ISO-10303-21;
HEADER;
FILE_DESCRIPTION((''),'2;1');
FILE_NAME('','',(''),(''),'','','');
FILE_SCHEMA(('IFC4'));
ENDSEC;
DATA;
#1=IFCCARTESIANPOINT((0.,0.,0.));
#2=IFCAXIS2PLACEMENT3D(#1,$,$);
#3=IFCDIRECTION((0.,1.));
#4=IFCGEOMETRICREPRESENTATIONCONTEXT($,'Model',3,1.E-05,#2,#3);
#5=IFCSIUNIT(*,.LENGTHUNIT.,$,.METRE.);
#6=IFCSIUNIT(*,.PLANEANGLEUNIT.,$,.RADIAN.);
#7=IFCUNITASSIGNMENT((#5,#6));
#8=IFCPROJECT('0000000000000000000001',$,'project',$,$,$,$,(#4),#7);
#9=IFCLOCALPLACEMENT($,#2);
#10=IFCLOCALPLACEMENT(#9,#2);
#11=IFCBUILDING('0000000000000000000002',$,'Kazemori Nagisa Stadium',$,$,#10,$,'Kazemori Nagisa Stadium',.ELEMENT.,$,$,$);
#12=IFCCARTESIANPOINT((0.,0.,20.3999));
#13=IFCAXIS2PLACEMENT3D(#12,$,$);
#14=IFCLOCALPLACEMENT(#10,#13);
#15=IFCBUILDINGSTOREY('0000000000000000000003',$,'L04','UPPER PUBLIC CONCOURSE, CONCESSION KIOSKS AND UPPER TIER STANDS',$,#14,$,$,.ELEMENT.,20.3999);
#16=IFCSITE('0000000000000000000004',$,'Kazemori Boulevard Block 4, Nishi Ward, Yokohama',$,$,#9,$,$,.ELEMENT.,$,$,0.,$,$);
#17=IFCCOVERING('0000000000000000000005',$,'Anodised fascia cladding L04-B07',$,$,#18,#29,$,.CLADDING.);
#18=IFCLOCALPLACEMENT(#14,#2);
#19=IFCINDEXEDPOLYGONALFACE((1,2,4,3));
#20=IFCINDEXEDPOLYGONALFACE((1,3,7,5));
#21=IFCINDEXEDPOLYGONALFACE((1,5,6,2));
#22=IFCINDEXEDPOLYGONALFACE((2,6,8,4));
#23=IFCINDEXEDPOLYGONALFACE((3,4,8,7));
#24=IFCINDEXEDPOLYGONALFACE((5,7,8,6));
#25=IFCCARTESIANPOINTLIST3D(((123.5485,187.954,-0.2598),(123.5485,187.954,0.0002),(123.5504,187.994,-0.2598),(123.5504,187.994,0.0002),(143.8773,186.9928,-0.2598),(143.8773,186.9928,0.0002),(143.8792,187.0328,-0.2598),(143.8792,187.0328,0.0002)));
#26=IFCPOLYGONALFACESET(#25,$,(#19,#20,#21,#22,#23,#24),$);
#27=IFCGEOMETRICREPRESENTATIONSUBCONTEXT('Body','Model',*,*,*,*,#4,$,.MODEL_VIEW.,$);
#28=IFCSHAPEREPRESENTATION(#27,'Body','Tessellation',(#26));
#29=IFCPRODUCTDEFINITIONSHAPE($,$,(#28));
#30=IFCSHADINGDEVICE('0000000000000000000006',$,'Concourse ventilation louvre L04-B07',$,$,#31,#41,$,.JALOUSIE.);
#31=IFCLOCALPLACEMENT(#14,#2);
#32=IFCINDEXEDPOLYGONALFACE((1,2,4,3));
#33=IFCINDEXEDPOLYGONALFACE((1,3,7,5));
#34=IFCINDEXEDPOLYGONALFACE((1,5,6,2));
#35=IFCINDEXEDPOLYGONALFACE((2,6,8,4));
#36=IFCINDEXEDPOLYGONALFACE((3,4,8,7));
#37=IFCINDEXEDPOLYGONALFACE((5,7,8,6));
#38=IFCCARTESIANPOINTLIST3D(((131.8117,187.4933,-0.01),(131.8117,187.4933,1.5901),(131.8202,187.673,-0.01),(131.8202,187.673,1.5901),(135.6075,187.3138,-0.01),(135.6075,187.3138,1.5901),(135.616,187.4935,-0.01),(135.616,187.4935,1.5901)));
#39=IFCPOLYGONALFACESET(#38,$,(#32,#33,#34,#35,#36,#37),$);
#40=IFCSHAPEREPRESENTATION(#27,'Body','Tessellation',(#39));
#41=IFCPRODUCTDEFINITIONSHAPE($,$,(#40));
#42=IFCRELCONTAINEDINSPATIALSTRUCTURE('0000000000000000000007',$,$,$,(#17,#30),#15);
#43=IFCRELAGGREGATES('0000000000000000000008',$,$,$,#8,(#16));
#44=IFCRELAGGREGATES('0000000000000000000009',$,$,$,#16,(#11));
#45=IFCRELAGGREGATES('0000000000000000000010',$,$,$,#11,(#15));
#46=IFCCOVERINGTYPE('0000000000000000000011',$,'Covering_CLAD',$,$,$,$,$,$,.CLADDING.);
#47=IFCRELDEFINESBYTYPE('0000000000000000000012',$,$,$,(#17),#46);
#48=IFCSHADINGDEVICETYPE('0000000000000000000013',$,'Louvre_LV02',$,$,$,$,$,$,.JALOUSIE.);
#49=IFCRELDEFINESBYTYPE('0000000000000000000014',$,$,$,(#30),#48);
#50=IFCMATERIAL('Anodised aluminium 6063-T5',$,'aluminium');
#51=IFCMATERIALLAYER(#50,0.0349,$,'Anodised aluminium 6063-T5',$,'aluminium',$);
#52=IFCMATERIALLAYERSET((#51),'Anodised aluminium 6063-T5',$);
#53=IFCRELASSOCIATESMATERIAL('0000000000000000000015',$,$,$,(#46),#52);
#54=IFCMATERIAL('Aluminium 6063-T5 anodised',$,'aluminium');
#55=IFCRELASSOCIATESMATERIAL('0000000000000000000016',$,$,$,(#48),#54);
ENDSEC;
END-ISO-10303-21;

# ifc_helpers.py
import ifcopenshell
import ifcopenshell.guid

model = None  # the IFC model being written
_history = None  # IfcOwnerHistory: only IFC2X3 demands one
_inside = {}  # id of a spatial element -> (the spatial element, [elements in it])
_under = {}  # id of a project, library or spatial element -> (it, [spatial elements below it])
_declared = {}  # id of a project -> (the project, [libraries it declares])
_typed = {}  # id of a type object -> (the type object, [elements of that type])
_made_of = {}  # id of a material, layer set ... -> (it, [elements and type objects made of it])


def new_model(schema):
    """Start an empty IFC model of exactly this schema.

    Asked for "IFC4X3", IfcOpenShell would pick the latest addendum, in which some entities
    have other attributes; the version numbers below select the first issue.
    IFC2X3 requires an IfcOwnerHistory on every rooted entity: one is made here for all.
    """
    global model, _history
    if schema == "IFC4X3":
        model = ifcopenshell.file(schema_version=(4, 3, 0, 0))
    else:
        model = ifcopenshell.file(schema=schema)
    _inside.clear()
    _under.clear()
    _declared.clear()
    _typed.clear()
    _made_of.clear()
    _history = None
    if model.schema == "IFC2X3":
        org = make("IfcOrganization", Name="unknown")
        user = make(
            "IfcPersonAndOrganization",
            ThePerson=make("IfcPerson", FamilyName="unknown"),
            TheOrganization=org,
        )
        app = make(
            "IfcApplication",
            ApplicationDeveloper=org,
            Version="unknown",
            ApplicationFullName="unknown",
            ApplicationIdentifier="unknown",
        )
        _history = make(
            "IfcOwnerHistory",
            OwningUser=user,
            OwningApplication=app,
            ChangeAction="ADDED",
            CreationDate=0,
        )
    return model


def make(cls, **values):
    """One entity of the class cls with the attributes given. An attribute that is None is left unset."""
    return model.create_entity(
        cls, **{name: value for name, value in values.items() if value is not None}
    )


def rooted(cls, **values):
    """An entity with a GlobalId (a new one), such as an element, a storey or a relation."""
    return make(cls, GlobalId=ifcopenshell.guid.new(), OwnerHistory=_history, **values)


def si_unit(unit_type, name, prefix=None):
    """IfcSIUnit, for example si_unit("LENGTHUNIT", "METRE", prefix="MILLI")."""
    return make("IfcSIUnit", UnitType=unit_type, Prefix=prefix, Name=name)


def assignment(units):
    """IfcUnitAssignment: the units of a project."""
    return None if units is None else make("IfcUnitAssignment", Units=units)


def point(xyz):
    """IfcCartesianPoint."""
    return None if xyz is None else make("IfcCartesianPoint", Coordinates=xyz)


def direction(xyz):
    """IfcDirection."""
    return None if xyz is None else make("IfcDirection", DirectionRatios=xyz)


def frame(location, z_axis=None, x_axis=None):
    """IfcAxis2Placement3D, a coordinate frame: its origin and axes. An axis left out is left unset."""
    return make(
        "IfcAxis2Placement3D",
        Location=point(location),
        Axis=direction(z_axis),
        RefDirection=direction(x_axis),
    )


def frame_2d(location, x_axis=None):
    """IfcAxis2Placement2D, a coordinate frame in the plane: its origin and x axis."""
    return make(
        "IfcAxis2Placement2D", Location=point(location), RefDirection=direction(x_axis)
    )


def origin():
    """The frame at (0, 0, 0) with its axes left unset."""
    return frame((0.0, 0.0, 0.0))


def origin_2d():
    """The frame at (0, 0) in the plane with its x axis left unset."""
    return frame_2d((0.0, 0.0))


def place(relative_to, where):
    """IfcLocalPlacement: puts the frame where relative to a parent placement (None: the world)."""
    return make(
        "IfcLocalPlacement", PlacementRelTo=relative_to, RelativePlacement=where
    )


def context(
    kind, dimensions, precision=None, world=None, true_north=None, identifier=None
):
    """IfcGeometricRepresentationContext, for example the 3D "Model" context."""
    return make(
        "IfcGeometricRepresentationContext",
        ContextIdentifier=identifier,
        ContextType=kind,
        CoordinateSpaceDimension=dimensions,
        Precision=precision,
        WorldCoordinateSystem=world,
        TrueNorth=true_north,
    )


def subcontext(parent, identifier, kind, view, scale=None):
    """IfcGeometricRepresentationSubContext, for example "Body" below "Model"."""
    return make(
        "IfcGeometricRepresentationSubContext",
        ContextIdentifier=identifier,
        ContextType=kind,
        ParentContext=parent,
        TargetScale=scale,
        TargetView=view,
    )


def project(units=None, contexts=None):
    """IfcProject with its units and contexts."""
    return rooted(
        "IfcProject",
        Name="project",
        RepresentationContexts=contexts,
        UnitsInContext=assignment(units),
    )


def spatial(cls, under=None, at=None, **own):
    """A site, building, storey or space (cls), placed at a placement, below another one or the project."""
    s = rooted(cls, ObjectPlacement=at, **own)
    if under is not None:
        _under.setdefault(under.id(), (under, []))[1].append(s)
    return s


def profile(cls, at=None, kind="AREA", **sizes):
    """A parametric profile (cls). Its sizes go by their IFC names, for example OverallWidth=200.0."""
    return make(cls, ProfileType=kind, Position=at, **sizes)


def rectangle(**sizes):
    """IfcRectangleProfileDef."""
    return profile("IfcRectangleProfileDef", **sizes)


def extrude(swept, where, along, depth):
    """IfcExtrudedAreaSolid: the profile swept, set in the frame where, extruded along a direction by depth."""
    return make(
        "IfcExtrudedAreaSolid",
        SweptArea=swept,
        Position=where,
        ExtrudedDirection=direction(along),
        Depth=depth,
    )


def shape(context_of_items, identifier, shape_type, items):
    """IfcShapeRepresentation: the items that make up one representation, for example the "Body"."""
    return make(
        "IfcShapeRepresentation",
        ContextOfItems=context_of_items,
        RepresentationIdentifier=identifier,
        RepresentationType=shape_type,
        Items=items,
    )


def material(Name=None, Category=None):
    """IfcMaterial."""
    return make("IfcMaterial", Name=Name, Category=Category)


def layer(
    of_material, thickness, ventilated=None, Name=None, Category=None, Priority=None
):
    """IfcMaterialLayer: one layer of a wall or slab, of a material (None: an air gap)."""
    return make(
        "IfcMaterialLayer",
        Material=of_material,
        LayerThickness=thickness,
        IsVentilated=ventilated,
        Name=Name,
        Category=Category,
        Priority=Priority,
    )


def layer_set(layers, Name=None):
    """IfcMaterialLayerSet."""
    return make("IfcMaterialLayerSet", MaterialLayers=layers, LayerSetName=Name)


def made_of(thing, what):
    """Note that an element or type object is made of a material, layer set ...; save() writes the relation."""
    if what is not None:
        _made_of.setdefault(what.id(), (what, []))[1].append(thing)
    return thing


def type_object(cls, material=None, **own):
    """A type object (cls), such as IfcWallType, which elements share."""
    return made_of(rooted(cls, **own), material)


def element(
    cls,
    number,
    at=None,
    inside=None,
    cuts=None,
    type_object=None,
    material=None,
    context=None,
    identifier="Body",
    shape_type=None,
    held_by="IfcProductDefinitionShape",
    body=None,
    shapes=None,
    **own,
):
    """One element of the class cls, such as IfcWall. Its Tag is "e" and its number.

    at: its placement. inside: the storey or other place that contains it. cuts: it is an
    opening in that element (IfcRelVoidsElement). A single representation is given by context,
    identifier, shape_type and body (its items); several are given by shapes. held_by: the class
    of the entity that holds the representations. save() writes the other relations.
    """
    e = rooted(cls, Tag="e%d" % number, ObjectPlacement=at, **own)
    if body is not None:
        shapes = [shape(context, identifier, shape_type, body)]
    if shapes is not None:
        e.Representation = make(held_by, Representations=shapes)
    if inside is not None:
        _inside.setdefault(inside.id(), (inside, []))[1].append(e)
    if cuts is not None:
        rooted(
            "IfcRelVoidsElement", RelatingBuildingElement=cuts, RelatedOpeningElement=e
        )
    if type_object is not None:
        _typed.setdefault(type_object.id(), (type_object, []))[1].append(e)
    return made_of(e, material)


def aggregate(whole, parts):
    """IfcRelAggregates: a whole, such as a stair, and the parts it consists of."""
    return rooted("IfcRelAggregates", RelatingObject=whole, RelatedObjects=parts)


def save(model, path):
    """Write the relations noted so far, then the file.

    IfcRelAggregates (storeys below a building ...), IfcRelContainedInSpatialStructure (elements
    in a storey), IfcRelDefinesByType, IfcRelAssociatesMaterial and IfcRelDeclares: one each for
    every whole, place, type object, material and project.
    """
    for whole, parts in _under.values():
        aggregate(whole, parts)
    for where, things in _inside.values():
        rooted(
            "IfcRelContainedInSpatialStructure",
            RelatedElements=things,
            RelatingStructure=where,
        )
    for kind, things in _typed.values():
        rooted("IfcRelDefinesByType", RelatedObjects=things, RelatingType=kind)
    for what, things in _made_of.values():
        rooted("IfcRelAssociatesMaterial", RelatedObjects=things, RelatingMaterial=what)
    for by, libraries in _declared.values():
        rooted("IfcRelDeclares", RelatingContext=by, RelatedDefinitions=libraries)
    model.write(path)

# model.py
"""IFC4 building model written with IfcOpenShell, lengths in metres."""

from ifc_helpers import new_model, si_unit, direction, frame, origin, origin_2d, place, context, subcontext, project, spatial, rectangle, extrude, material, layer, layer_set, type_object, element, save


model = new_model("IFC4")

# Units and contexts
model_context = context("Model", 3, precision=1e-05, world=origin(), true_north=direction((0.0, 1.0)))
body_context = subcontext(model_context, "Body", "Model", "MODEL_VIEW")
ifc_project = project(units=[si_unit("LENGTHUNIT", "METRE"), si_unit("PLANEANGLEUNIT", "RADIAN")], contexts=[model_context])

# Site, building, storey
site_placement = place(None, origin())
site = spatial("IfcSite", under=ifc_project, at=site_placement, Name="Kazemori Boulevard Block 4, Nishi Ward, Yokohama", CompositionType="ELEMENT", RefElevation=0.0)
building_placement = place(site_placement, origin())
building = spatial("IfcBuilding", under=site, at=building_placement, Name="Kazemori Nagisa Stadium", LongName="Kazemori Nagisa Stadium", CompositionType="ELEMENT")
storey_placement = place(building_placement, frame((0.0, 0.0, 20.3999)))
storey = spatial("IfcBuildingStorey", under=building, at=storey_placement, Name="L04", Description="UPPER PUBLIC CONCOURSE, CONCESSION KIOSKS AND UPPER TIER STANDS", CompositionType="ELEMENT", Elevation=20.3999)

# Shared definitions
ifc_material_1 = material(Name="Anodised aluminium 6063-T5", Category="aluminium")
ifc_material_2 = material(Name="Aluminium 6063-T5 anodised", Category="aluminium")

# Covering
ifc_layer_1 = layer(ifc_material_1, 0.0349, Name="Anodised aluminium 6063-T5", Category="aluminium")
ifc_layer_set_1 = layer_set([ifc_layer_1], Name="Anodised aluminium 6063-T5")
covering_type = type_object("IfcCoveringType", Name="Covering_CLAD", PredefinedType="CLADDING", material=ifc_layer_set_1)
covering_placement = place(storey_placement, frame((133.7139, 187.4934, -0.2598), z_axis=(0.0, 0.0, 1.0), x_axis=(-0.998884, 0.04723, 0.0)))
element("IfcCovering", 1, at=covering_placement, inside=storey, type_object=covering_type, Name="Anodised fascia cladding L04-B07", PredefinedType="CLADDING", context=body_context, shape_type="SweptSolid", body=[
    extrude(rectangle(XDim=20.3516, YDim=0.04, at=origin_2d()), origin(), (0.0, 0.0, 1.0), 0.26),
])

# Shading device
shading_device_type = type_object("IfcShadingDeviceType", Name="Louvre_LV02", PredefinedType="JALOUSIE", material=ifc_material_2)
shading_device_placement = place(storey_placement, frame((133.7139, 187.4934, -0.01), z_axis=(0.0, 0.0, 1.0), x_axis=(-0.998884, 0.04723, 0.0)))
element("IfcShadingDevice", 2, at=shading_device_placement, inside=storey, type_object=shading_device_type, Name="Concourse ventilation louvre L04-B07", PredefinedType="JALOUSIE", context=body_context, shape_type="SweptSolid", body=[
    extrude(rectangle(XDim=3.8, YDim=0.1799, at=origin_2d()), origin(), (0.0, 0.0, 1.0), 1.6001),
])

save(model, "model.ifc")
